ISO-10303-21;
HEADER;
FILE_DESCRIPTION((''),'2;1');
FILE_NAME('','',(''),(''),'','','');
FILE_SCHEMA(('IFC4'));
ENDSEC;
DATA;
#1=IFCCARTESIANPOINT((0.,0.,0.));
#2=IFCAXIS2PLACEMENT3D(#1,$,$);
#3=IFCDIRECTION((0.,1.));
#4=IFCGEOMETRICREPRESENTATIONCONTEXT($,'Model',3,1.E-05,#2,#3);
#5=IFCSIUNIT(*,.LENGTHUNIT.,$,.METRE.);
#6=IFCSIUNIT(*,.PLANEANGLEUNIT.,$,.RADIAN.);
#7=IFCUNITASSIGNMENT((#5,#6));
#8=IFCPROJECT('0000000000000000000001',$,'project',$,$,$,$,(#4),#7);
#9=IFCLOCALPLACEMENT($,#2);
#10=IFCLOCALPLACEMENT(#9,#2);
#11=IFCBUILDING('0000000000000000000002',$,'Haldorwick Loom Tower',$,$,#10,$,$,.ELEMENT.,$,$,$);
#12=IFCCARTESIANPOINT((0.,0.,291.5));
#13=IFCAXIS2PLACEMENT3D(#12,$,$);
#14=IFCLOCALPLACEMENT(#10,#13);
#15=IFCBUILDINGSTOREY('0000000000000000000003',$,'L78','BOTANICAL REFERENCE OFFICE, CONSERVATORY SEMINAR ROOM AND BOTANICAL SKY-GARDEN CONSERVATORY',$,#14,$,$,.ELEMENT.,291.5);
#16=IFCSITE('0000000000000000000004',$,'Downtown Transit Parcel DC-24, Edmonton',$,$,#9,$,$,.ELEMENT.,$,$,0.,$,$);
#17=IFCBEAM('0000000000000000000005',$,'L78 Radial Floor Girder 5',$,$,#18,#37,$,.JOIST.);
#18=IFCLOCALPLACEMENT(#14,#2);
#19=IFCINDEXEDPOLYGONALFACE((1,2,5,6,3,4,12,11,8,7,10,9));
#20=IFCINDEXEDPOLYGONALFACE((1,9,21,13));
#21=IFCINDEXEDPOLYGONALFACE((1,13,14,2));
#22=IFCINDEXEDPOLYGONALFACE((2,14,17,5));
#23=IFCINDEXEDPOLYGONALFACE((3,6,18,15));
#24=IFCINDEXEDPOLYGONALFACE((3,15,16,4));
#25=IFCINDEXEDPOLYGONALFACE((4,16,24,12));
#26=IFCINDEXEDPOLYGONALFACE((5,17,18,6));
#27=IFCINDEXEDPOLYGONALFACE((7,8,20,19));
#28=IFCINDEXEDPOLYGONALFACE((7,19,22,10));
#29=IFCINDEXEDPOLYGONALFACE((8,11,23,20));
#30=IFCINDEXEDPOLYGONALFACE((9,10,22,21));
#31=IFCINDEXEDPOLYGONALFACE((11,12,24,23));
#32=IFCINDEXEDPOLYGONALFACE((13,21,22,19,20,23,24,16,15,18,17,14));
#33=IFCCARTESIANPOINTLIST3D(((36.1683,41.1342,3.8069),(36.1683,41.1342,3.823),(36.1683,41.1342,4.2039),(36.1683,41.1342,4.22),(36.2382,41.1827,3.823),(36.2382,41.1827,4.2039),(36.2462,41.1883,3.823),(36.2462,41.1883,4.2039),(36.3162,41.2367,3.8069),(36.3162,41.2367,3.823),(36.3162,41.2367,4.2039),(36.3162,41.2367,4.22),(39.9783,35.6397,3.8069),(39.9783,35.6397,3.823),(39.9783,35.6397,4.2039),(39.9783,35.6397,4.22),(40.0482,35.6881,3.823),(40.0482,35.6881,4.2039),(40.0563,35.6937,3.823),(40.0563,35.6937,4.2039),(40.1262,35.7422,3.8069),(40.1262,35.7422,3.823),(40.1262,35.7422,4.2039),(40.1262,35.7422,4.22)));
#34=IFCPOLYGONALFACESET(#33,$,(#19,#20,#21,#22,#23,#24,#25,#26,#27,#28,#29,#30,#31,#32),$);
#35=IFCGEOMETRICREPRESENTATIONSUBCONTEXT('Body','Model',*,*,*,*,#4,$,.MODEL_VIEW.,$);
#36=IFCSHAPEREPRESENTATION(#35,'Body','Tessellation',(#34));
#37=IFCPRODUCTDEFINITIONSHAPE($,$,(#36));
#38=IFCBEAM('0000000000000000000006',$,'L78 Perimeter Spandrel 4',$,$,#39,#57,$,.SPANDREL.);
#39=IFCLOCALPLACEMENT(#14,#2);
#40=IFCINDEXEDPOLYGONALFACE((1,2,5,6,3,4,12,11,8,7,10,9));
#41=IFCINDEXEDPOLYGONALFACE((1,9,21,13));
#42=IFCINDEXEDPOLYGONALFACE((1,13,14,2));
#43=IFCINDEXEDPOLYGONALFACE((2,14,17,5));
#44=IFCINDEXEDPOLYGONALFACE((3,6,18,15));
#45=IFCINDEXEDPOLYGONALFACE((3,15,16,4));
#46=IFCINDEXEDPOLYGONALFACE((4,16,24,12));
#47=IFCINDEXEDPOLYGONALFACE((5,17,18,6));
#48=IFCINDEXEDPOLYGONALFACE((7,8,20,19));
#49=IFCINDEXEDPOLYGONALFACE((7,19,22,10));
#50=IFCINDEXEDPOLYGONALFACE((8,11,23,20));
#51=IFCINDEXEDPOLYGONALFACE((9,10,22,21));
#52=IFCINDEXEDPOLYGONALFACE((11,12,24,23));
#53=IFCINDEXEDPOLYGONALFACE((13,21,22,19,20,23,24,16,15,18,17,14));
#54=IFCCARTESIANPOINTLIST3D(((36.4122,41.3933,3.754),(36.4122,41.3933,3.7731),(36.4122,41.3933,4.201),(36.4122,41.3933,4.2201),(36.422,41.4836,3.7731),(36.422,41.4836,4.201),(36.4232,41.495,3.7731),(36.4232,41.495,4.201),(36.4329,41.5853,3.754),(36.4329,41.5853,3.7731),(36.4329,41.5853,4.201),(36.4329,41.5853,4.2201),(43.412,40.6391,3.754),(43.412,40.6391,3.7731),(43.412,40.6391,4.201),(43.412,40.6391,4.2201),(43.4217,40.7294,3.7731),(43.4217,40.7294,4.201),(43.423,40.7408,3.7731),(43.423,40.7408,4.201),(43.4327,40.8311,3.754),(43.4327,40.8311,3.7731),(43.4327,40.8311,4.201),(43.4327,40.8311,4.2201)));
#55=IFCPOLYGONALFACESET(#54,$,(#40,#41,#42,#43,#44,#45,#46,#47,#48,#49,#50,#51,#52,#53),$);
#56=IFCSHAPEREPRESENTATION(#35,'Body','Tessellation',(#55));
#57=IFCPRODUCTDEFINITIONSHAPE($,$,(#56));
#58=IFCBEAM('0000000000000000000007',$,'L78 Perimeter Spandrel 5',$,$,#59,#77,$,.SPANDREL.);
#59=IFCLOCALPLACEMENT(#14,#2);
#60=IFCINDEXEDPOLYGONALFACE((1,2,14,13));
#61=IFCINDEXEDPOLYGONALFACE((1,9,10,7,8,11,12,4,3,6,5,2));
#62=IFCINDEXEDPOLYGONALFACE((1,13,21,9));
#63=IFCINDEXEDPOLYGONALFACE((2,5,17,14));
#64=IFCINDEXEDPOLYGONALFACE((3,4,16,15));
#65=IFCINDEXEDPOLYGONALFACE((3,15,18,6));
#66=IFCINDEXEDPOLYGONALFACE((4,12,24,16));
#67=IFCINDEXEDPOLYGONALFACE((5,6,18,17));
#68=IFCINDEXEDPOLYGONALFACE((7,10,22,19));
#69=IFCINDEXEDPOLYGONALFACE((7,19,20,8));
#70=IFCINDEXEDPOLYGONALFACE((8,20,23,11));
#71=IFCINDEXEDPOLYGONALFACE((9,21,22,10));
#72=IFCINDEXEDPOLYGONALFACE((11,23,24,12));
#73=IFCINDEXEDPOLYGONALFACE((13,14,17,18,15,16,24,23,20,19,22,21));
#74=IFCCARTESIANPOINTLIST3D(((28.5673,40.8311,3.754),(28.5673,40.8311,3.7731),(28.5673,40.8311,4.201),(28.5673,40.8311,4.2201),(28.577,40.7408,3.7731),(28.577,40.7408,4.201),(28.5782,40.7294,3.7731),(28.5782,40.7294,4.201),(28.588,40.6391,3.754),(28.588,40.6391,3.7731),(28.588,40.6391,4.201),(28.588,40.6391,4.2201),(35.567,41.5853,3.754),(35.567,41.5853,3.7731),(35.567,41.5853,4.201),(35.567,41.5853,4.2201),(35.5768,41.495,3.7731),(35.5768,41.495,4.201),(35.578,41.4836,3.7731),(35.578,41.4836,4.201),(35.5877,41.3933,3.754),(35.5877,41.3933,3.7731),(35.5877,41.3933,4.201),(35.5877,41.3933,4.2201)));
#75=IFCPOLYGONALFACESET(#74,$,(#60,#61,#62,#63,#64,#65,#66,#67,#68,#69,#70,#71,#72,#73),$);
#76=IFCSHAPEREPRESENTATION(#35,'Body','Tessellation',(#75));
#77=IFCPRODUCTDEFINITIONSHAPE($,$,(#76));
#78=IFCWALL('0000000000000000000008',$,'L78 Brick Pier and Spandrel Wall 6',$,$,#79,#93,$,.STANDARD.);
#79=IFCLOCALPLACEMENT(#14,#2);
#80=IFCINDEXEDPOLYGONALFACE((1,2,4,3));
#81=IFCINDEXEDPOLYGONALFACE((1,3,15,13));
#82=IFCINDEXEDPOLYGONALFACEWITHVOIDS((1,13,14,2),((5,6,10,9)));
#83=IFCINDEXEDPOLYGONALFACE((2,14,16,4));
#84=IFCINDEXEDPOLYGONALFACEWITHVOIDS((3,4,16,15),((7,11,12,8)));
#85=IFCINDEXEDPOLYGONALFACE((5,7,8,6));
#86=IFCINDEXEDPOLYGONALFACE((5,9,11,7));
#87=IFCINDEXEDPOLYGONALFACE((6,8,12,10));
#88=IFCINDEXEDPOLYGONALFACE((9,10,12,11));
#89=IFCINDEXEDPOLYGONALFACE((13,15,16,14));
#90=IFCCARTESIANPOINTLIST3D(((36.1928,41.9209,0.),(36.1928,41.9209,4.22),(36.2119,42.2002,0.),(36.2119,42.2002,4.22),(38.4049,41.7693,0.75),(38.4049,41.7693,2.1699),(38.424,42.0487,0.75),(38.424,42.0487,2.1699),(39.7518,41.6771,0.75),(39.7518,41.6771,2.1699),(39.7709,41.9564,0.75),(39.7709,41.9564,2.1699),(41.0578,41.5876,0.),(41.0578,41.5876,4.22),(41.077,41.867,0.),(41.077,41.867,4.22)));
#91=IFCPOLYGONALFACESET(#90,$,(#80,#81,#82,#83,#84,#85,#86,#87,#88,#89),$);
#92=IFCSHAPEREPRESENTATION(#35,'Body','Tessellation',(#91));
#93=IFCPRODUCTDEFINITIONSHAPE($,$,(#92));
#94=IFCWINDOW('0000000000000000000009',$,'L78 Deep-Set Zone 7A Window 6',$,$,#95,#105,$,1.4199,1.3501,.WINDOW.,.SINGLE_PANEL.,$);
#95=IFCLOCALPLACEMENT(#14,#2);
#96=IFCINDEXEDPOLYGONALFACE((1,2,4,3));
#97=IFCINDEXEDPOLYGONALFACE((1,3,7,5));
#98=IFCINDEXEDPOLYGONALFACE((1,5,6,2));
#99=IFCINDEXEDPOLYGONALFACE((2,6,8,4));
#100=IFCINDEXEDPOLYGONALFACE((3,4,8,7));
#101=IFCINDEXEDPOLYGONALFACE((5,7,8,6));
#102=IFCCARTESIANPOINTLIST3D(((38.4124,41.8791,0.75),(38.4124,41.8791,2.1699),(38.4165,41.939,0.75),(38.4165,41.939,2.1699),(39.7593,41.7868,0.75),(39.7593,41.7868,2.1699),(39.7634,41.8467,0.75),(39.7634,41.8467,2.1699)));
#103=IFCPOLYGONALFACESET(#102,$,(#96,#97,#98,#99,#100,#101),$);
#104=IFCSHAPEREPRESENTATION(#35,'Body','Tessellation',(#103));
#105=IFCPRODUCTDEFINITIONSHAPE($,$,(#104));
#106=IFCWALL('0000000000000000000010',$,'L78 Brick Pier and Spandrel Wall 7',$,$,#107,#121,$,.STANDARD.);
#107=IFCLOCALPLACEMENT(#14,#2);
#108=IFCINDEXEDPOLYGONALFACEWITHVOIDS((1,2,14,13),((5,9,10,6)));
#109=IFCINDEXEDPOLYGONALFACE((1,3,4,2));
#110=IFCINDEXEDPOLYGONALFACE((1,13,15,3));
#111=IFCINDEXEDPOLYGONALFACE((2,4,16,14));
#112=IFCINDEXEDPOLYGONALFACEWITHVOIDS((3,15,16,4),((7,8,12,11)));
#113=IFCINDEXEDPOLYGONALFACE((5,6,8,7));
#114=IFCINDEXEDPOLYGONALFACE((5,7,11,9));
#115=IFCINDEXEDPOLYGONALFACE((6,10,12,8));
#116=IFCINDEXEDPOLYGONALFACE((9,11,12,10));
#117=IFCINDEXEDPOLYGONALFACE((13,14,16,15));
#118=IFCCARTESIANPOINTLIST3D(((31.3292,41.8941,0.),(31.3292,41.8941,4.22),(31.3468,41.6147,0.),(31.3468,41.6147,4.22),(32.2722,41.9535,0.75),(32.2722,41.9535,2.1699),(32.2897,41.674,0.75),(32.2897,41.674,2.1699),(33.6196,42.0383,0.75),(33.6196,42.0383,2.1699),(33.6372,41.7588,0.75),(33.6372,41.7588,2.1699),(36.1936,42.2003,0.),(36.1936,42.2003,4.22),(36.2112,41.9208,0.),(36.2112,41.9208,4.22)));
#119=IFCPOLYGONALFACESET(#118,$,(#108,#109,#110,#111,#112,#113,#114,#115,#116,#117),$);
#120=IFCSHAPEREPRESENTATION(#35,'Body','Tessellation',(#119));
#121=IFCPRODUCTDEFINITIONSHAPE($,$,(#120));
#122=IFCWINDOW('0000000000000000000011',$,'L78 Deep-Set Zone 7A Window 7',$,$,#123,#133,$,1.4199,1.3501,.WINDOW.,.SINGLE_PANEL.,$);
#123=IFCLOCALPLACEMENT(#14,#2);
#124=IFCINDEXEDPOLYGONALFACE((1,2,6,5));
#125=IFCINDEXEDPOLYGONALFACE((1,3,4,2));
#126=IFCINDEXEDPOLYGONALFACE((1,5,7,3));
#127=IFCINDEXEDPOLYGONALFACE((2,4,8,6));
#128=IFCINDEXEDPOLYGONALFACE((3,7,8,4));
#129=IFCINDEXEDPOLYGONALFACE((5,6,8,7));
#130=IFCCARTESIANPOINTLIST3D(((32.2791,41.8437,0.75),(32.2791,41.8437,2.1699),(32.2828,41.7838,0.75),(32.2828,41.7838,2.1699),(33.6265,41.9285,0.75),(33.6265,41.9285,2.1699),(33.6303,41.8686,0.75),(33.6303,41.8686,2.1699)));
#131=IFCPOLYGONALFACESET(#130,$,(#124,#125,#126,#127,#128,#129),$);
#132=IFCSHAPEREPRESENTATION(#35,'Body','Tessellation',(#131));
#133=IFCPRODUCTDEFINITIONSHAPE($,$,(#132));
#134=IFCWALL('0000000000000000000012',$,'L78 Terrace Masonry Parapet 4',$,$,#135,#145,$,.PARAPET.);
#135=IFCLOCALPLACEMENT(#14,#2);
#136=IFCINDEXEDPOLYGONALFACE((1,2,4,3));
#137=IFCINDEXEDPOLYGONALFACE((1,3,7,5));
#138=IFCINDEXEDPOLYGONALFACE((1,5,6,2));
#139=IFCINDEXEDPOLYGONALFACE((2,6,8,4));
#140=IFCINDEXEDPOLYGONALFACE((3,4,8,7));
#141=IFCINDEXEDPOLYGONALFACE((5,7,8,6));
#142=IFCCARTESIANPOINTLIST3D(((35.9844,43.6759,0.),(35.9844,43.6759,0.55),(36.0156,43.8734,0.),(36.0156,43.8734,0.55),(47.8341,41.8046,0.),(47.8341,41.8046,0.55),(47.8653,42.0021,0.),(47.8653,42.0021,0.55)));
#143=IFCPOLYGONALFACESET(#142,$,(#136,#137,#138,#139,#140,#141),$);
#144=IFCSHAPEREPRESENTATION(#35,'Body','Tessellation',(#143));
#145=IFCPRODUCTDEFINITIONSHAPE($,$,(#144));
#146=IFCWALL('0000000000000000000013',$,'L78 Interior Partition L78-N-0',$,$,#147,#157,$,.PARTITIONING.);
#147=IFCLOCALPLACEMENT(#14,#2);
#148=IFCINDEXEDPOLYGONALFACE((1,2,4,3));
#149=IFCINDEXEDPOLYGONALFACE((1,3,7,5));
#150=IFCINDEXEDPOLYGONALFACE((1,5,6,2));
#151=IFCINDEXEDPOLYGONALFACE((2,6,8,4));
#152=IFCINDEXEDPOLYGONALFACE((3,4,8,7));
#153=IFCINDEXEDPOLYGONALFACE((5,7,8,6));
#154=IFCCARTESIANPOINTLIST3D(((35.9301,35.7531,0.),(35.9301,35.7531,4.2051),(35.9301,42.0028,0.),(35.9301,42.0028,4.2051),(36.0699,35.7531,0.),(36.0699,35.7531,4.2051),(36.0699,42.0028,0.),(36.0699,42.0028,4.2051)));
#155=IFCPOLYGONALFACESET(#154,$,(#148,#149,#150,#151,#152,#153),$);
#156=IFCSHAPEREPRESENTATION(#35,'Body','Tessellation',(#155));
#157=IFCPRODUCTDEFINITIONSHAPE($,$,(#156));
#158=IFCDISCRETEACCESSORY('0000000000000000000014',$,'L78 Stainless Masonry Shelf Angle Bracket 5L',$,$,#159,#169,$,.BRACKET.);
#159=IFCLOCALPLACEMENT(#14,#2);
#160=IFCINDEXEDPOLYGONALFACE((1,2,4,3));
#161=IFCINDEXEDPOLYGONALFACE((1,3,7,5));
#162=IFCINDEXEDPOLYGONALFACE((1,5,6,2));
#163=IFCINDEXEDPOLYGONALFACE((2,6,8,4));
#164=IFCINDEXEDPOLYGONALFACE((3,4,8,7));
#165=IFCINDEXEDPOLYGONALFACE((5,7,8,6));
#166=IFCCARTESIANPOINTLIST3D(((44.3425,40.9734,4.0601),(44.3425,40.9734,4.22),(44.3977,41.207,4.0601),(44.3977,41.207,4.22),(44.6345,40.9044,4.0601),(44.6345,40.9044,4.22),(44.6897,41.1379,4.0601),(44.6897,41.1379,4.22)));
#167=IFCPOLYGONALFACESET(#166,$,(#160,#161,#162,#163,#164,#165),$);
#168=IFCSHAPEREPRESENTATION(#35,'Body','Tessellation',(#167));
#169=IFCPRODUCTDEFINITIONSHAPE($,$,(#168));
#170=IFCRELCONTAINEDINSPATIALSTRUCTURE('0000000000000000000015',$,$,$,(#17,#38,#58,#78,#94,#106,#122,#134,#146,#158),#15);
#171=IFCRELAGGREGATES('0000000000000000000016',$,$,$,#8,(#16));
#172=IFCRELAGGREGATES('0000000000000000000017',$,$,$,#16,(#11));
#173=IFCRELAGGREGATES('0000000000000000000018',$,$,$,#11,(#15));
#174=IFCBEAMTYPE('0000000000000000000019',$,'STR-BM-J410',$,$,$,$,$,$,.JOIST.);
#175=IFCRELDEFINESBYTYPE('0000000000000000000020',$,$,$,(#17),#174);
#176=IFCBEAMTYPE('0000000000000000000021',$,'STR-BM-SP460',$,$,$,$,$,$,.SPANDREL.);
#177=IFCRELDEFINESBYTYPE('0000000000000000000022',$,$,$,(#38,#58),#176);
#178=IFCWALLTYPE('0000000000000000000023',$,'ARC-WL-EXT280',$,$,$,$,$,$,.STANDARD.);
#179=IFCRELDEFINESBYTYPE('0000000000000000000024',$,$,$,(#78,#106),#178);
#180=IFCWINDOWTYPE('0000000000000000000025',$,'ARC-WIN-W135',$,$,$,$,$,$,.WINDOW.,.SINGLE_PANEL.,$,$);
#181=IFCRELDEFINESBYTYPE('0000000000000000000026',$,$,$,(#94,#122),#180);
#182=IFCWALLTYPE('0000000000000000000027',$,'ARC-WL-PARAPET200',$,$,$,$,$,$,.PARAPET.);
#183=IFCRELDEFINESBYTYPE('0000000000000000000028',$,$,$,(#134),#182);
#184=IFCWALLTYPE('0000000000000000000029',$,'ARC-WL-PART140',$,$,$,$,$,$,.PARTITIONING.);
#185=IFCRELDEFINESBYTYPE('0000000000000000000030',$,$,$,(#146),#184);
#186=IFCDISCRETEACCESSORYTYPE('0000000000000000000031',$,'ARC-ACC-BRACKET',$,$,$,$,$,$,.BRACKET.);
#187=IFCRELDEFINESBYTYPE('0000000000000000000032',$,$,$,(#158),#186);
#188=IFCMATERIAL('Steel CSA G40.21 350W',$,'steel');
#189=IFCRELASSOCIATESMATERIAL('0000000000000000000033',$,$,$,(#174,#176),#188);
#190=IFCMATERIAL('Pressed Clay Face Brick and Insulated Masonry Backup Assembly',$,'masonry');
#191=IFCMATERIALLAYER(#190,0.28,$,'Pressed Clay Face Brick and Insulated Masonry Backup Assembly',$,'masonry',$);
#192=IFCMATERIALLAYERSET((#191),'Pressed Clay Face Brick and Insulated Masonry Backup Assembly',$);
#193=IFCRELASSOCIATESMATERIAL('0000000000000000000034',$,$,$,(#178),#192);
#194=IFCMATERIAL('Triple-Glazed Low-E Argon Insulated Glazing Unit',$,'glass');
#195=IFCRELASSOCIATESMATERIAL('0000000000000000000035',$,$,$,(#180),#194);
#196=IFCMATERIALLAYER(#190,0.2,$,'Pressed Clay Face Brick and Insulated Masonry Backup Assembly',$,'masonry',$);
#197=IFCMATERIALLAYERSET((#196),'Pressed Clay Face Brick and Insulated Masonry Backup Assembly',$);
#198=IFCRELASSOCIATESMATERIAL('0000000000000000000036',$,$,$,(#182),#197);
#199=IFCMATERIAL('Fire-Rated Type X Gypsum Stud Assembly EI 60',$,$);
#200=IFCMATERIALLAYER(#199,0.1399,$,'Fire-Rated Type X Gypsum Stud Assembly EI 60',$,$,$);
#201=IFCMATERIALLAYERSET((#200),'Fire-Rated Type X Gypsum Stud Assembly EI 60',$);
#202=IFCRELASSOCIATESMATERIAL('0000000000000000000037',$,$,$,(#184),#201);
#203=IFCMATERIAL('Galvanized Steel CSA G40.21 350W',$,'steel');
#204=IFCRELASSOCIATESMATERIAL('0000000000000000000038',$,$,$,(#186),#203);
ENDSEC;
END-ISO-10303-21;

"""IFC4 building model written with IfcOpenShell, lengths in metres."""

from ifc_helpers import new_model, si_unit, direction, frame, frame_2d, origin, origin_2d, place, context, subcontext, project, spatial, rectangle, i_section, extrude, material, layer, layer_set, material_profile, profile_set, type_object, element, fill, save


model = new_model("IFC4")

# Units and contexts
model_context = context("Model", 3, precision=1e-05, world=origin(), true_north=direction((0.0, 1.0)))
body_context = subcontext(model_context, "Body", "Model", "MODEL_VIEW")
ifc_project = project(units=[si_unit("LENGTHUNIT", "METRE"), si_unit("PLANEANGLEUNIT", "RADIAN")], contexts=[model_context])

# Site, building, storey
site_placement = place(None, origin())
site = spatial("IfcSite", under=ifc_project, at=site_placement, Name="Downtown Transit Parcel DC-24, Edmonton", CompositionType="ELEMENT", RefElevation=0.0)
building_placement = place(site_placement, origin())
building = spatial("IfcBuilding", under=site, at=building_placement, Name="Haldorwick Loom Tower", CompositionType="ELEMENT")
storey_placement = place(building_placement, frame((0.0, 0.0, 291.5)))
storey = spatial("IfcBuildingStorey", under=building, at=storey_placement, Name="L78", Description="BOTANICAL REFERENCE OFFICE, CONSERVATORY SEMINAR ROOM AND BOTANICAL SKY-GARDEN CONSERVATORY", CompositionType="ELEMENT", Elevation=291.5)

# Shared definitions
ifc_material_1 = material(Name="Steel CSA G40.21 350W", Category="steel")

# Beams
ifc_material_profile_1 = material_profile(ifc_material_1, i_section(OverallWidth=0.1799, OverallDepth=0.4131, WebThickness=0.0098, FlangeThickness=0.0161, at=origin_2d()), Name="W410X74", Category="steel")
ifc_profile_set_1 = profile_set([ifc_material_profile_1], Name="Steel CSA G40.21 350W")
beam_type_1 = type_object("IfcBeamType", Name="STR-BM-J410", PredefinedType="JOIST", material=ifc_profile_set_1)
beam_1_placement = place(storey_placement, frame((40.0522, 35.6909, 4.0134), z_axis=(-0.569825, 0.821766, 0.0), x_axis=(-0.821766, -0.569825, 0.0)))
element("IfcBeam", 1, at=beam_1_placement, inside=storey, type_object=beam_type_1, Name="L78 Radial Floor Girder 5", PredefinedType="JOIST", context=body_context, shape_type="SweptSolid", body=[
    extrude(i_section(OverallWidth=0.1799, OverallDepth=0.4131, WebThickness=0.0098, FlangeThickness=0.0161, at=origin_2d()), origin(), (0.0, 0.0, 1.0), 6.6863),
])
ifc_material_profile_2 = material_profile(ifc_material_1, i_section(OverallWidth=0.1931, OverallDepth=0.4661, WebThickness=0.0115, FlangeThickness=0.019, at=origin_2d()), Name="W460X97", Category="steel")
ifc_profile_set_2 = profile_set([ifc_material_profile_2], Name="Steel CSA G40.21 350W")
beam_type_2 = type_object("IfcBeamType", Name="STR-BM-SP460", PredefinedType="SPANDREL", material=ifc_profile_set_2)
for number, where, z_axis, x_axis, name in (
    (2, (43.4224, 40.7351, 3.9871), (-0.994246, 0.10712, 0.0), (-0.10712, -0.994246, 0.0), "L78 Perimeter Spandrel 4"),
    (3, (35.5774, 41.4893, 3.9871), (-0.994246, -0.10712, 0.0), (0.10712, -0.994246, 0.0), "L78 Perimeter Spandrel 5"),
):
    element("IfcBeam", number, at=place(storey_placement, frame(where, z_axis=z_axis, x_axis=x_axis)), inside=storey, type_object=beam_type_2, Name=name, PredefinedType="SPANDREL", context=body_context, shape_type="SweptSolid", body=[
        extrude(i_section(OverallWidth=0.1931, OverallDepth=0.4661, WebThickness=0.0115, FlangeThickness=0.019, at=origin_2d()), origin(), (0.0, 0.0, 1.0), 7.0403),
    ])

# Walls, openings, windows
ifc_material_2 = material(Name="Pressed Clay Face Brick and Insulated Masonry Backup Assembly", Category="masonry")
ifc_layer_1 = layer(ifc_material_2, 0.28, Name="Pressed Clay Face Brick and Insulated Masonry Backup Assembly", Category="masonry")
ifc_layer_set_1 = layer_set([ifc_layer_1], Name="Pressed Clay Face Brick and Insulated Masonry Backup Assembly")
wall_type_1 = type_object("IfcWallType", Name="ARC-WL-EXT280", PredefinedType="STANDARD", material=ifc_layer_set_1)
wall_1_placement = place(storey_placement, frame((41.0674, 41.7273, 0.0), z_axis=(0.0, 0.0, 1.0), x_axis=(-0.997662, 0.06834, 0.0)))
wall_1 = element("IfcWall", 4, at=wall_1_placement, inside=storey, type_object=wall_type_1, Name="L78 Brick Pier and Spandrel Wall 6", PredefinedType="STANDARD", context=body_context, shape_type="SweptSolid", body=[
    extrude(rectangle(XDim=4.8765, YDim=0.28, at=frame_2d((2.4382, 0.0))), origin(), (0.0, 0.0, 1.0), 4.22),
])
opening_1_placement = place(wall_1_placement, frame((1.3091, 0.0, 0.75)))
opening_1 = element("IfcOpeningElement", 5, at=opening_1_placement, cuts=wall_1, PredefinedType="OPENING", context=body_context, shape_type="SweptSolid", body=[
    extrude(rectangle(XDim=1.3501, YDim=1.4199, at=frame_2d((0.675, 0.71))), frame((0.0, 0.1499, 0.0), z_axis=(0.0, -1.0, 0.0), x_axis=(1.0, 0.0, 0.0)), (0.0, 0.0, 1.0), 0.3),
])
ifc_material_3 = material(Name="Triple-Glazed Low-E Argon Insulated Glazing Unit", Category="glass")
window_type = type_object("IfcWindowType", Name="ARC-WIN-W135", PartitioningType="SINGLE_PANEL", PredefinedType="WINDOW", material=ifc_material_3)
window_1_placement = place(opening_1_placement, origin())
window_1 = element("IfcWindow", 6, at=window_1_placement, inside=storey, type_object=window_type, Name="L78 Deep-Set Zone 7A Window 6", OverallHeight=1.4199, OverallWidth=1.3501, PartitioningType="SINGLE_PANEL", PredefinedType="WINDOW", context=body_context, shape_type="SweptSolid", body=[
    extrude(rectangle(XDim=1.3501, YDim=1.4199, at=frame_2d((0.675, 0.71))), frame((0.0, 0.03, 0.0), z_axis=(0.0, -1.0, 0.0), x_axis=(1.0, 0.0, 0.0)), (0.0, 0.0, 1.0), 0.0601),
])
fill(opening_1, window_1)
wall_2_placement = place(storey_placement, frame((36.2024, 42.0605, 0.0), z_axis=(0.0, 0.0, 1.0), x_axis=(-0.998025, -0.062812, 0.0)))
wall_2 = element("IfcWall", 7, at=wall_2_placement, inside=storey, type_object=wall_type_1, Name="L78 Brick Pier and Spandrel Wall 7", PredefinedType="STANDARD", context=body_context, shape_type="SweptSolid", body=[
    extrude(rectangle(XDim=4.874, YDim=0.28, at=frame_2d((2.437, 0.0))), origin(), (0.0, 0.0, 1.0), 4.22),
])
opening_2_placement = place(wall_2_placement, frame((2.5791, 0.0, 0.75)))
opening_2 = element("IfcOpeningElement", 8, at=opening_2_placement, cuts=wall_2, PredefinedType="OPENING", context=body_context, shape_type="SweptSolid", body=[
    extrude(rectangle(XDim=1.3501, YDim=1.4199, at=frame_2d((0.675, 0.71))), frame((0.0, 0.1499, 0.0), z_axis=(0.0, -1.0, 0.0), x_axis=(1.0, 0.0, 0.0)), (0.0, 0.0, 1.0), 0.3),
])
window_2_placement = place(opening_2_placement, origin())
window_2 = element("IfcWindow", 9, at=window_2_placement, inside=storey, type_object=window_type, Name="L78 Deep-Set Zone 7A Window 7", OverallHeight=1.4199, OverallWidth=1.3501, PartitioningType="SINGLE_PANEL", PredefinedType="WINDOW", context=body_context, shape_type="SweptSolid", body=[
    extrude(rectangle(XDim=1.3501, YDim=1.4199, at=frame_2d((0.675, 0.71))), frame((0.0, 0.03, 0.0), z_axis=(0.0, -1.0, 0.0), x_axis=(1.0, 0.0, 0.0)), (0.0, 0.0, 1.0), 0.0601),
])
fill(opening_2, window_2)

# Walls
ifc_layer_2 = layer(ifc_material_2, 0.2, Name="Pressed Clay Face Brick and Insulated Masonry Backup Assembly", Category="masonry")
ifc_layer_set_2 = layer_set([ifc_layer_2], Name="Pressed Clay Face Brick and Insulated Masonry Backup Assembly")
wall_type_2 = type_object("IfcWallType", Name="ARC-WL-PARAPET200", PredefinedType="PARAPET", material=ifc_layer_set_2)
wall_3_placement = place(storey_placement, frame((36.0, 43.7747, 0.0), z_axis=(0.0, 0.0, 1.0), x_axis=(0.987759, -0.155991, 0.0)))
element("IfcWall", 10, at=wall_3_placement, inside=storey, type_object=wall_type_2, Name="L78 Terrace Masonry Parapet 4", PredefinedType="PARAPET", context=body_context, shape_type="SweptSolid", body=[
    extrude(rectangle(XDim=11.9966, YDim=0.2, at=frame_2d((5.9983, 0.0))), origin(), (0.0, 0.0, 1.0), 0.55),
])
ifc_material_4 = material(Name="Fire-Rated Type X Gypsum Stud Assembly EI 60")
ifc_layer_3 = layer(ifc_material_4, 0.1399, Name="Fire-Rated Type X Gypsum Stud Assembly EI 60")
ifc_layer_set_3 = layer_set([ifc_layer_3], Name="Fire-Rated Type X Gypsum Stud Assembly EI 60")
wall_type_3 = type_object("IfcWallType", Name="ARC-WL-PART140", PredefinedType="PARTITIONING", material=ifc_layer_set_3)
wall_4_placement = place(storey_placement, frame((36.0, 35.7529, 0.0), z_axis=(0.0, 0.0, 1.0), x_axis=(0.0, 1.0, 0.0)))
element("IfcWall", 11, at=wall_4_placement, inside=storey, type_object=wall_type_3, Name="L78 Interior Partition L78-N-0", PredefinedType="PARTITIONING", context=body_context, shape_type="SweptSolid", body=[
    extrude(rectangle(XDim=6.2498, YDim=0.1399, at=frame_2d((3.125, 0.0))), origin(), (0.0, 0.0, 1.0), 4.2051),
])

# Discrete accessory
ifc_material_5 = material(Name="Galvanized Steel CSA G40.21 350W", Category="steel")
discrete_accessory_type = type_object("IfcDiscreteAccessoryType", Name="ARC-ACC-BRACKET", PredefinedType="BRACKET", material=ifc_material_5)
for number, where, z_axis, x_axis, name in (
    (12, (44.5161, 41.0557, 4.0601), (0.0, 0.0, 1.0), (-0.973179, 0.23005, 0.0), "L78 Stainless Masonry Shelf Angle Bracket 5L"),
):
    element("IfcDiscreteAccessory", number, at=place(storey_placement, frame(where, z_axis=z_axis, x_axis=x_axis)), inside=storey, type_object=discrete_accessory_type, Name=name, PredefinedType="BRACKET", context=body_context, shape_type="SweptSolid", body=[
        extrude(rectangle(XDim=0.3, YDim=0.24, at=origin_2d()), origin(), (0.0, 0.0, 1.0), 0.1599),
    ])

save(model, "model.ifc")
